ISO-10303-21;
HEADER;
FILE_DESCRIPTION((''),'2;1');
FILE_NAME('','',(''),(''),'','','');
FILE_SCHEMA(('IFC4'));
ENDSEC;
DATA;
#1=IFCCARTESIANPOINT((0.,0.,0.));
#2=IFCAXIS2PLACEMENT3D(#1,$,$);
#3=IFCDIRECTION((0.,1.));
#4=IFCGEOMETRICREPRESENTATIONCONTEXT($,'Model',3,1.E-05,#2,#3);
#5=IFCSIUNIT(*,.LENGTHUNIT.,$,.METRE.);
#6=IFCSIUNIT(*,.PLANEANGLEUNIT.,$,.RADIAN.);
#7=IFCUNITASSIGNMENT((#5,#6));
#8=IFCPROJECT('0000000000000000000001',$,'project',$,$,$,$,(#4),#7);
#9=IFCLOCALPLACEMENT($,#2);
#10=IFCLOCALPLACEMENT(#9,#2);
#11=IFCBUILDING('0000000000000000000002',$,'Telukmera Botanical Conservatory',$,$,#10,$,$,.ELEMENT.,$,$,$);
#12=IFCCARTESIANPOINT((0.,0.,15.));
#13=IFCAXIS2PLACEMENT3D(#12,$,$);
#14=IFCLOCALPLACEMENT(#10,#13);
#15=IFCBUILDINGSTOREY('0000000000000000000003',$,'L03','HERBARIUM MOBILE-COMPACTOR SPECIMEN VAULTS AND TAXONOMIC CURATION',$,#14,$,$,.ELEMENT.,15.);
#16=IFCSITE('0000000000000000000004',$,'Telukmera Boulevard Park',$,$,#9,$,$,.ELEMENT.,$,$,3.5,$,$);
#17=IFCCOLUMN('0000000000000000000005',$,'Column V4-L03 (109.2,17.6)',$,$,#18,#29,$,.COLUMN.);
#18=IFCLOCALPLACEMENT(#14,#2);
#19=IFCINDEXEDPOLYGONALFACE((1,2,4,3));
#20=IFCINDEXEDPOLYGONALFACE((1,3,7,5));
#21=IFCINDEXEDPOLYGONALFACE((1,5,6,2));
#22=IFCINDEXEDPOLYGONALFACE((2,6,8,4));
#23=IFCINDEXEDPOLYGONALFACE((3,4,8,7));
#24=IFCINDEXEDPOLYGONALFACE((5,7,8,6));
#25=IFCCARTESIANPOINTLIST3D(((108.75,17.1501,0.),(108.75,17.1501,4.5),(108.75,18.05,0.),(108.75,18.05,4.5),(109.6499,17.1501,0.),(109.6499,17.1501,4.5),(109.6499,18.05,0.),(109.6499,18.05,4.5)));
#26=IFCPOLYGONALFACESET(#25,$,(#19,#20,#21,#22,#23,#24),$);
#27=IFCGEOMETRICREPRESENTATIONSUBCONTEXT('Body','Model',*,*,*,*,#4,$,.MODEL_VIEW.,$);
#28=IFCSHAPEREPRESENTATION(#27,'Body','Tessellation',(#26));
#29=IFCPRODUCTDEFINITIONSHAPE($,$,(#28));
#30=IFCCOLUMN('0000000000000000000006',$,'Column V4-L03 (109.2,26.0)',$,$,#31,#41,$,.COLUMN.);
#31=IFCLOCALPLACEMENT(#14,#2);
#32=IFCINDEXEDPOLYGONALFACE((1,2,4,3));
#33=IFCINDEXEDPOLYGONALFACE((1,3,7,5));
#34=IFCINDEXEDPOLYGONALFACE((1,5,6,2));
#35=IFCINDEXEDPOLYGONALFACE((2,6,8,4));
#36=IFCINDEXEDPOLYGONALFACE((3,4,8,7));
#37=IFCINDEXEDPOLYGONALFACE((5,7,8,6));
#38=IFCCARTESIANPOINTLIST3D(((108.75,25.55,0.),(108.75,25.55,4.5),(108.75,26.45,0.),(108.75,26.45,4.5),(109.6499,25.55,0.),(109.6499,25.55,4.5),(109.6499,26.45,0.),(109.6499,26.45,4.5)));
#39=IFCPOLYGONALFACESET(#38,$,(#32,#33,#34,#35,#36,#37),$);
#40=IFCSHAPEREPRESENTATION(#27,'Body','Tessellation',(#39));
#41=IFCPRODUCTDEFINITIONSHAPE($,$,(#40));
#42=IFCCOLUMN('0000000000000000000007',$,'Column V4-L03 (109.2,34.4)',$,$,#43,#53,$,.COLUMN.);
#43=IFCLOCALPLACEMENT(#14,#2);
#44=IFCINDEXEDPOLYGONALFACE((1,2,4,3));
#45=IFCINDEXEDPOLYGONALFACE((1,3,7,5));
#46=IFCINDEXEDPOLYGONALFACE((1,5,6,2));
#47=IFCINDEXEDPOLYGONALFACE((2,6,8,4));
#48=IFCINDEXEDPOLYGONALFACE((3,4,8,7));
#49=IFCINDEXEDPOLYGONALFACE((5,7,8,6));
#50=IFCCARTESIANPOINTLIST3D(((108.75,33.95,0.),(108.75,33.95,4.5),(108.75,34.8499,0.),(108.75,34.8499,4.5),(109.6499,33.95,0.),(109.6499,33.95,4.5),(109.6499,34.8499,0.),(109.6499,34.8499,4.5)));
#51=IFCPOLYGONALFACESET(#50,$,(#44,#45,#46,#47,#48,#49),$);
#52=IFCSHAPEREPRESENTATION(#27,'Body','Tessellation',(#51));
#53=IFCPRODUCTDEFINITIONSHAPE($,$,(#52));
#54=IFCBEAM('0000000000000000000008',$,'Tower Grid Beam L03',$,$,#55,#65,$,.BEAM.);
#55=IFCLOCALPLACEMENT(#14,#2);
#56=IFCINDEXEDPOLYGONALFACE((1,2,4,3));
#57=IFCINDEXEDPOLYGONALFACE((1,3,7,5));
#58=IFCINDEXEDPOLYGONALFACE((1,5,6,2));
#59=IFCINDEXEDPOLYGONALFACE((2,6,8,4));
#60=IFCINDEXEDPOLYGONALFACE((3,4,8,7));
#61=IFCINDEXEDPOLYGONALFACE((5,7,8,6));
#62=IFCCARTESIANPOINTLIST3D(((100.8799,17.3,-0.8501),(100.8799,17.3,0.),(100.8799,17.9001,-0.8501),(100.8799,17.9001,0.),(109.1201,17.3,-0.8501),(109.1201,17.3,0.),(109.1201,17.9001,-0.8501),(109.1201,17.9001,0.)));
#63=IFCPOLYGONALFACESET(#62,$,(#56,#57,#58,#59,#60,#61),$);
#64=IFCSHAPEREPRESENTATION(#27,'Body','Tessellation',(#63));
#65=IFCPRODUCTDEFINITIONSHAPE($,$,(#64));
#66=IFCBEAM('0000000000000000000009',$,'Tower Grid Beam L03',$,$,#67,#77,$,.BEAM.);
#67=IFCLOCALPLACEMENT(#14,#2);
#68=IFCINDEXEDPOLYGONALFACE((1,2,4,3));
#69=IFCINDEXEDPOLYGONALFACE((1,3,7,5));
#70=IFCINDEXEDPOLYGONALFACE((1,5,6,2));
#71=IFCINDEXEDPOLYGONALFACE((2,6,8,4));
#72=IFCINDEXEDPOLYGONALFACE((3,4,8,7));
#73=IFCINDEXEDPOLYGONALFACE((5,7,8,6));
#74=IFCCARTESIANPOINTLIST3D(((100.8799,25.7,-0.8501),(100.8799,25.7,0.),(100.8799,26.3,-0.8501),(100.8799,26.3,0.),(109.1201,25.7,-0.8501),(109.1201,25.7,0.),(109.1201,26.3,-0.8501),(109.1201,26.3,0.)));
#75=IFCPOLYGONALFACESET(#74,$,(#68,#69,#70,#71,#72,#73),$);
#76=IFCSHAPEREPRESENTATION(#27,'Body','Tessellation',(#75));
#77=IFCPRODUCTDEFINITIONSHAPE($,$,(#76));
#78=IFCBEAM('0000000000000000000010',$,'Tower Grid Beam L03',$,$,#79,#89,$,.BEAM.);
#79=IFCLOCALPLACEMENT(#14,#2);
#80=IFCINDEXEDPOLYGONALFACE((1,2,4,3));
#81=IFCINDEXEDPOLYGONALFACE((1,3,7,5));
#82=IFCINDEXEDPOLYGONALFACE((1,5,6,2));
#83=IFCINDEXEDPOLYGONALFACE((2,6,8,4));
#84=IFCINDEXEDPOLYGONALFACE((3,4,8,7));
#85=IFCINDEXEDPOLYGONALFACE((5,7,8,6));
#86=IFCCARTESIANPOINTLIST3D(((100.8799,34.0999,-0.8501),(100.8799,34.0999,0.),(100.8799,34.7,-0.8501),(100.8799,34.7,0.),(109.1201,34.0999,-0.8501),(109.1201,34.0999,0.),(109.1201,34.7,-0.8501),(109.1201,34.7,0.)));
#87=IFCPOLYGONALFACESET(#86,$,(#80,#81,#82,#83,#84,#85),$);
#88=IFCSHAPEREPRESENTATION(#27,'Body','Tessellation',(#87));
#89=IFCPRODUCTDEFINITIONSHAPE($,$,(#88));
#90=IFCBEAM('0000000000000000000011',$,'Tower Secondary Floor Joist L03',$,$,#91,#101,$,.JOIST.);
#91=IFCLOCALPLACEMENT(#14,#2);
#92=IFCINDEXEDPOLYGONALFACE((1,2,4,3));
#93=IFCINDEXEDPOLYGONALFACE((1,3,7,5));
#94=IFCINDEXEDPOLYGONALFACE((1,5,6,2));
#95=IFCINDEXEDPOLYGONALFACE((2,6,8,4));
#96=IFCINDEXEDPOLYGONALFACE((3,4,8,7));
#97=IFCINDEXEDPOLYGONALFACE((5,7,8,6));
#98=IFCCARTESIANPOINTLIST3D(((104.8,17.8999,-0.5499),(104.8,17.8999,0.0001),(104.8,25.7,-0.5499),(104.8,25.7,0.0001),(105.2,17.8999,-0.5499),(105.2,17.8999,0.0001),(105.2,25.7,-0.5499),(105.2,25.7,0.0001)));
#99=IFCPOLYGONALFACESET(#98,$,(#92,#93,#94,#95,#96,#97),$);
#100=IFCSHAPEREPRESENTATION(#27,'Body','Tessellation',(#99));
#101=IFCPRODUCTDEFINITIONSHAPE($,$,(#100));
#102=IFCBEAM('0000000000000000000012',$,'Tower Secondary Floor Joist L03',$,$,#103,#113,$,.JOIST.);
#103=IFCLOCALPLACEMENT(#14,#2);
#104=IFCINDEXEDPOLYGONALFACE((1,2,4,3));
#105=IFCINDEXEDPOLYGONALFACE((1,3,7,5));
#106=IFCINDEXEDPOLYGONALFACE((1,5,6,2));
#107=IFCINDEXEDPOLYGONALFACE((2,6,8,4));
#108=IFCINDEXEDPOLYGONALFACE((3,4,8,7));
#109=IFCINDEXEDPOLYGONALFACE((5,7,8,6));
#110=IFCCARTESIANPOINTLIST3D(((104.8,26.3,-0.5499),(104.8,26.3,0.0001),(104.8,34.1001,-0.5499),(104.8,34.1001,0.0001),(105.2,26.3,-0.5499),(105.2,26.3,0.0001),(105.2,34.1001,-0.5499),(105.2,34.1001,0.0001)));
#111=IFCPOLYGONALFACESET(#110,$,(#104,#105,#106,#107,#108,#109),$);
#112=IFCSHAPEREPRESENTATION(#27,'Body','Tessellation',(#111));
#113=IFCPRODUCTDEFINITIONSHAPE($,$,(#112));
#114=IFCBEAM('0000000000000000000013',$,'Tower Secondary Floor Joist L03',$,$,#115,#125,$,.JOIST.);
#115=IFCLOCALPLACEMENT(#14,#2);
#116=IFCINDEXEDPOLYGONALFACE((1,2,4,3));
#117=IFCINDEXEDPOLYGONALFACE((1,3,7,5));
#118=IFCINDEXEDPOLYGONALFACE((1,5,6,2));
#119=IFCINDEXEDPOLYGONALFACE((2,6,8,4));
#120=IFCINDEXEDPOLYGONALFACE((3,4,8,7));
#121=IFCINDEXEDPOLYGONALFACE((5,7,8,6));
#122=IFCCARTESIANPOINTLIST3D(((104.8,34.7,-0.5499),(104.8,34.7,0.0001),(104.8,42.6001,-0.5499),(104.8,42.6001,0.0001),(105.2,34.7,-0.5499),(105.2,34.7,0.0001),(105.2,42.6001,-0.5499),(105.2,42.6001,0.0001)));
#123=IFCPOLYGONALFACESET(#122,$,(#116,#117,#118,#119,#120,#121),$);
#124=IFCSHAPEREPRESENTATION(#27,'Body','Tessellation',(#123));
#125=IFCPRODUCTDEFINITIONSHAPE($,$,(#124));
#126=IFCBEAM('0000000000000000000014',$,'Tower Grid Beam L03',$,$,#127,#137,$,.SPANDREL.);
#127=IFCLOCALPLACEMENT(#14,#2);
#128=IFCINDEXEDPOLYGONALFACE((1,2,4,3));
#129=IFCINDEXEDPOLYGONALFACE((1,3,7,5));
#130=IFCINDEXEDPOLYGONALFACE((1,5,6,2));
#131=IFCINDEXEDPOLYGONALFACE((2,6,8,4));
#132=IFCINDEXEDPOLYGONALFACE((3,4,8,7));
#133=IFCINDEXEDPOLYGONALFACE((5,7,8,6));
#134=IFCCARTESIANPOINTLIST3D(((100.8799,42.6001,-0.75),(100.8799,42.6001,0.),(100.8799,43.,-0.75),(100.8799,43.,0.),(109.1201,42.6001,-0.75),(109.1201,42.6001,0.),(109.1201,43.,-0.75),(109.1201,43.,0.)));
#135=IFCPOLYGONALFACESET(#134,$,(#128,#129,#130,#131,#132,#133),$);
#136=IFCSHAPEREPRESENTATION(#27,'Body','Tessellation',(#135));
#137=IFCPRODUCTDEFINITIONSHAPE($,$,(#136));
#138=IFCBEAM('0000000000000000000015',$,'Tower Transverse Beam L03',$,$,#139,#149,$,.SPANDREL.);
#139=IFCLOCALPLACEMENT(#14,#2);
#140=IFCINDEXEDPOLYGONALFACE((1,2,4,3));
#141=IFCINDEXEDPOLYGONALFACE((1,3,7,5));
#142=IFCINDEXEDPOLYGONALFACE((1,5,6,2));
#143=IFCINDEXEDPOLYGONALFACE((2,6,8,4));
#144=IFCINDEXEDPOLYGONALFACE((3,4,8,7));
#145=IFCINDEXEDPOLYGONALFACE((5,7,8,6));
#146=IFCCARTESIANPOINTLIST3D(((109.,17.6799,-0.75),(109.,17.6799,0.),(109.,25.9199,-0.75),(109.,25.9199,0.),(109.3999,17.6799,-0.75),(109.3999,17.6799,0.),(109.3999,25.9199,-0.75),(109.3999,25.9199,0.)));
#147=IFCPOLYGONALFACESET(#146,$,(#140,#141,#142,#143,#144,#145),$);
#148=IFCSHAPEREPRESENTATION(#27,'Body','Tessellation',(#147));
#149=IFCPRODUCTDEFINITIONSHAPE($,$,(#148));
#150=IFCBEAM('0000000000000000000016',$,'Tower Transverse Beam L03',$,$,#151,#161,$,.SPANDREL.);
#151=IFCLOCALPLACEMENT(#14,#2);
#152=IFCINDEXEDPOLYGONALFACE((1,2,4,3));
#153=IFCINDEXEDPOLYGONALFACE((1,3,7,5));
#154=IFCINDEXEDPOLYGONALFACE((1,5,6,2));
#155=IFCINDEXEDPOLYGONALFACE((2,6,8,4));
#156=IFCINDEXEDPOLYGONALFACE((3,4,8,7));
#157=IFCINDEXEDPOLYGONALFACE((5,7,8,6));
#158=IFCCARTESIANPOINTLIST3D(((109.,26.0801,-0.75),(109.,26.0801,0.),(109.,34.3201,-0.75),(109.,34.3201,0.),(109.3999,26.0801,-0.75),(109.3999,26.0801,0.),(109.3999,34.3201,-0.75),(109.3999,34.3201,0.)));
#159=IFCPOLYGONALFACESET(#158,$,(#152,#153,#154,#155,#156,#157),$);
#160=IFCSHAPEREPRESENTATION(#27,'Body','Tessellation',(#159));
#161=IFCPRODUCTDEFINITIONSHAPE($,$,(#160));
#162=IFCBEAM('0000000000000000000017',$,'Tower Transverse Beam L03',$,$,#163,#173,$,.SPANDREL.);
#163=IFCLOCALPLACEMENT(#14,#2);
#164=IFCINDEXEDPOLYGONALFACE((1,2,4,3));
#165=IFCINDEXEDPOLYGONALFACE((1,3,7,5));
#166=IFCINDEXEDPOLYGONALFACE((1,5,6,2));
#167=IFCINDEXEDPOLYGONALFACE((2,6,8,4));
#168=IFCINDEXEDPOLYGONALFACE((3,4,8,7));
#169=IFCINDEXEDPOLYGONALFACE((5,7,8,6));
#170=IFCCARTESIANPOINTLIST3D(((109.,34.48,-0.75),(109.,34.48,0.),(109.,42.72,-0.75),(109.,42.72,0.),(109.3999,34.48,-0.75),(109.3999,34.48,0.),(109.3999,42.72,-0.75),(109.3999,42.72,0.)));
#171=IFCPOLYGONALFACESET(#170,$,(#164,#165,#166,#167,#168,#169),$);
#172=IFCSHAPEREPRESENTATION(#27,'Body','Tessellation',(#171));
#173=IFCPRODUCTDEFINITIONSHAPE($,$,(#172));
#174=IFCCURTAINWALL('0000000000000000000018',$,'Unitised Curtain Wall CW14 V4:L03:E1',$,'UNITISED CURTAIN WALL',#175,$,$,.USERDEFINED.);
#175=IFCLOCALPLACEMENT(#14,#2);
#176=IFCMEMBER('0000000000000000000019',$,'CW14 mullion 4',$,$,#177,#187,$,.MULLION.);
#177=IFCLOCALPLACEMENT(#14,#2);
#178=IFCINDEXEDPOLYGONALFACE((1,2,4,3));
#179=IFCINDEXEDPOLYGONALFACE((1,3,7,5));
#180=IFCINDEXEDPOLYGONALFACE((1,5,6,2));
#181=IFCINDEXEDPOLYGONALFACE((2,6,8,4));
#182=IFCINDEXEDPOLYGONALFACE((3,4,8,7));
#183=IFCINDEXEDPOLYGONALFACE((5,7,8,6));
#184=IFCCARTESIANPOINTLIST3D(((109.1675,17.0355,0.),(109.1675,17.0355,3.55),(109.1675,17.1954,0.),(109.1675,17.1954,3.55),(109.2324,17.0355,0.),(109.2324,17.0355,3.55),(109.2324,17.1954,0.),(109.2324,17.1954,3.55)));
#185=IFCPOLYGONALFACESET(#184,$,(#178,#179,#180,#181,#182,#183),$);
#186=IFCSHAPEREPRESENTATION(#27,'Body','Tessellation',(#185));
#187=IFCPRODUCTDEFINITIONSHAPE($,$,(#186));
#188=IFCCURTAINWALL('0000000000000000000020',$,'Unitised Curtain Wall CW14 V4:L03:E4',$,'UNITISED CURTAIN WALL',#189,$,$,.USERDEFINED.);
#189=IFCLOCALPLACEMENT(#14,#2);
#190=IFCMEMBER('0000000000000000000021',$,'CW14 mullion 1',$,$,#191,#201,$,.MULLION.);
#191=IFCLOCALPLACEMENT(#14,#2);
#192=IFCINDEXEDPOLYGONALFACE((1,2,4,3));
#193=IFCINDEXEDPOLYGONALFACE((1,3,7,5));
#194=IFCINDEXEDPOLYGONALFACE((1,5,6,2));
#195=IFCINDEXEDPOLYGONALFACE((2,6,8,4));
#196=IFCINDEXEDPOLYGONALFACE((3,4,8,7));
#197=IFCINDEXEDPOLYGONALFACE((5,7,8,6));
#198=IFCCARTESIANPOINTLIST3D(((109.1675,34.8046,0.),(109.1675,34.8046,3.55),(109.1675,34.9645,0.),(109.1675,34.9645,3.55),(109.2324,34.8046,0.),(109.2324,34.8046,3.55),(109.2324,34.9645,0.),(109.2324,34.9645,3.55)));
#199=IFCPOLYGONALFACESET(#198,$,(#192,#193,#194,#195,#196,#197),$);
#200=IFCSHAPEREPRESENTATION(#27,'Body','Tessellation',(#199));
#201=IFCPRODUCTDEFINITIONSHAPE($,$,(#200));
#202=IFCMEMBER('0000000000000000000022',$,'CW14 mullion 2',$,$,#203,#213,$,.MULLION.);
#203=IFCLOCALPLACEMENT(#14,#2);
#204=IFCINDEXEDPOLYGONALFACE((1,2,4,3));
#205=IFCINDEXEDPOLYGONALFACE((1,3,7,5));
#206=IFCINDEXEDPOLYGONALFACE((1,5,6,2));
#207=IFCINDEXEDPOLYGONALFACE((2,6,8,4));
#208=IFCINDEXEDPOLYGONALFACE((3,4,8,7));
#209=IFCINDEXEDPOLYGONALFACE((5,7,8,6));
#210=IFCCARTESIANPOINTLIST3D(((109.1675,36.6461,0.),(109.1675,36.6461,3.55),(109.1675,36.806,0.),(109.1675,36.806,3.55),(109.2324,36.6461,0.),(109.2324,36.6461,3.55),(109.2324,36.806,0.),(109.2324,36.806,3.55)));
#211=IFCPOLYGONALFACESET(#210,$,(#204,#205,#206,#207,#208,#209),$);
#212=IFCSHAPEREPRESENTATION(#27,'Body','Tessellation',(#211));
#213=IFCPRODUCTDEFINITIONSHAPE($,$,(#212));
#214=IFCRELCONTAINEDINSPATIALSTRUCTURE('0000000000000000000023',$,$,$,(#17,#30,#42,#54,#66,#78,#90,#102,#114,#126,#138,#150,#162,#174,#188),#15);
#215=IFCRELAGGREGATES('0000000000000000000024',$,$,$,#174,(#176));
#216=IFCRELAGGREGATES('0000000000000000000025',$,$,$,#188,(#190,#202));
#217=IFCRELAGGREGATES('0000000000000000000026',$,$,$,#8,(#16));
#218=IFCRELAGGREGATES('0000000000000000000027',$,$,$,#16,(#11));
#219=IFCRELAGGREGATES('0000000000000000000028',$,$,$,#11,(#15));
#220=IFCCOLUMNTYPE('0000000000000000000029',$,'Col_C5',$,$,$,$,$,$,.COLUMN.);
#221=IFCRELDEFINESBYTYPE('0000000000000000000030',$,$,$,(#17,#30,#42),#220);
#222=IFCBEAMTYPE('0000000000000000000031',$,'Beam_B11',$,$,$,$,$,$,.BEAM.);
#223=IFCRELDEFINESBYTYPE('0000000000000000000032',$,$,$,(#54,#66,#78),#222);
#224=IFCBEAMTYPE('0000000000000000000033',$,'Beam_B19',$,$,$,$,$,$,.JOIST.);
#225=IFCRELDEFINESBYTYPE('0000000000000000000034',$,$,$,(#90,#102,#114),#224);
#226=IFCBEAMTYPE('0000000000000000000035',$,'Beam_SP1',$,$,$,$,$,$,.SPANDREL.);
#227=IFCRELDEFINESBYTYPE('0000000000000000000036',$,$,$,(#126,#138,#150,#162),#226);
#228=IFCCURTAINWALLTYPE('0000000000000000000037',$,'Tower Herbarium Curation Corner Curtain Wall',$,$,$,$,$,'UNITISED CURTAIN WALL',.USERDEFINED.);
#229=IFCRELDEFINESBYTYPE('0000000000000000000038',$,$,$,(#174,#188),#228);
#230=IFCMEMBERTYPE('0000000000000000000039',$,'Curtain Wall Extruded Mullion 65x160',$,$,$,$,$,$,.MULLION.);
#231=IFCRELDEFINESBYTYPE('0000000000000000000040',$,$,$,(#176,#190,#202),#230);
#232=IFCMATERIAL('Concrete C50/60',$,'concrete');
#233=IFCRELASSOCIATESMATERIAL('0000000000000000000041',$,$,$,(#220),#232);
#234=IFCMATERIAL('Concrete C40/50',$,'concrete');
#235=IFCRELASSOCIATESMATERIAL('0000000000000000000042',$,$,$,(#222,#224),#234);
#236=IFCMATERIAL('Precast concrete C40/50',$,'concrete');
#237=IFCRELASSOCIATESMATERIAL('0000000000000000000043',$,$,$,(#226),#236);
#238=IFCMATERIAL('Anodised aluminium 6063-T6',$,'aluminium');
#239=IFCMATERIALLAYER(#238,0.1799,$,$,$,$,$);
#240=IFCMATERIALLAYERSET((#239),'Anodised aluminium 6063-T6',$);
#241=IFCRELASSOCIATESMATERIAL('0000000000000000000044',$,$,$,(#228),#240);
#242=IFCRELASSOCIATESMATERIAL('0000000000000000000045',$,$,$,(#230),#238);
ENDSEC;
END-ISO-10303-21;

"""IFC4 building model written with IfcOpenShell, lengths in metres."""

from ifc_helpers import new_model, si_unit, direction, frame, origin, origin_2d, place, context, subcontext, project, spatial, rectangle, extrude, material, layer, layer_set, material_profile, profile_set, type_object, element, aggregate, save


model = new_model("IFC4")

# Units and contexts
model_context = context("Model", 3, precision=1e-05, world=origin(), true_north=direction((0.0, 1.0)))
body_context = subcontext(model_context, "Body", "Model", "MODEL_VIEW")
ifc_project = project(units=[si_unit("LENGTHUNIT", "METRE"), si_unit("PLANEANGLEUNIT", "RADIAN")], contexts=[model_context])

# Site, building, storey
site_placement = place(None, origin())
site = spatial("IfcSite", under=ifc_project, at=site_placement, Name="Telukmera Boulevard Park", CompositionType="ELEMENT", RefElevation=3.5)
building_placement = place(site_placement, origin())
building = spatial("IfcBuilding", under=site, at=building_placement, Name="Telukmera Botanical Conservatory", CompositionType="ELEMENT")
storey_placement = place(building_placement, frame((0.0, 0.0, 15.0)))
storey = spatial("IfcBuildingStorey", under=building, at=storey_placement, Name="L03", Description="HERBARIUM MOBILE-COMPACTOR SPECIMEN VAULTS AND TAXONOMIC CURATION", CompositionType="ELEMENT", Elevation=15.0)

# Columns
ifc_material_1 = material(Name="Concrete C50/60", Category="concrete")
ifc_material_profile_1 = material_profile(ifc_material_1, rectangle(XDim=0.8999, YDim=0.8999, at=origin_2d()), Name="RC 900x900")
ifc_profile_set_1 = profile_set([ifc_material_profile_1], Name="Concrete C50/60")
column_type = type_object("IfcColumnType", Name="Col_C5", PredefinedType="COLUMN", material=ifc_profile_set_1)
for number, where, z_axis, x_axis, name in (
    (1, (109.2, 17.6001, 0.0), (0.0, 0.0, 1.0), (1.0, 0.0, 0.0), "Column V4-L03 (109.2,17.6)"),
    (2, (109.2, 26.0, 0.0), (0.0, 0.0, 1.0), (1.0, 0.0, 0.0), "Column V4-L03 (109.2,26.0)"),
    (3, (109.2, 34.3999, 0.0), (0.0, 0.0, 1.0), (1.0, 0.0, 0.0), "Column V4-L03 (109.2,34.4)"),
):
    element("IfcColumn", number, at=place(storey_placement, frame(where, z_axis=z_axis, x_axis=x_axis)), inside=storey, type_object=column_type, Name=name, PredefinedType="COLUMN", context=body_context, shape_type="SweptSolid", body=[
        extrude(rectangle(XDim=0.8999, YDim=0.8999, at=origin_2d()), origin(), (0.0, 0.0, 1.0), 4.5),
    ])

# Beams
ifc_material_2 = material(Name="Concrete C40/50", Category="concrete")
ifc_material_profile_2 = material_profile(ifc_material_2, rectangle(XDim=0.6001, YDim=0.8501, at=origin_2d()), Name="RC 600x850")
ifc_profile_set_2 = profile_set([ifc_material_profile_2], Name="Concrete C40/50")
beam_type_1 = type_object("IfcBeamType", Name="Beam_B11", PredefinedType="BEAM", material=ifc_profile_set_2)
for number, where, z_axis, x_axis, name in (
    (4, (100.8799, 17.6001, -0.425), (1.0, 0.0, 0.0), (0.0, 1.0, 0.0), "Tower Grid Beam L03"),
    (5, (100.8799, 26.0, -0.425), (1.0, 0.0, 0.0), (0.0, 1.0, 0.0), "Tower Grid Beam L03"),
    (6, (100.8799, 34.3999, -0.425), (1.0, 0.0, 0.0), (0.0, 1.0, 0.0), "Tower Grid Beam L03"),
):
    element("IfcBeam", number, at=place(storey_placement, frame(where, z_axis=z_axis, x_axis=x_axis)), inside=storey, type_object=beam_type_1, Name=name, PredefinedType="BEAM", context=body_context, shape_type="SweptSolid", body=[
        extrude(rectangle(XDim=0.6001, YDim=0.8501, at=origin_2d()), origin(), (0.0, 0.0, 1.0), 8.2402),
    ])
ifc_material_profile_3 = material_profile(ifc_material_2, rectangle(XDim=0.3999, YDim=0.55, at=origin_2d()), Name="RC 400x550")
ifc_profile_set_3 = profile_set([ifc_material_profile_3], Name="Concrete C40/50")
beam_type_2 = type_object("IfcBeamType", Name="Beam_B19", PredefinedType="JOIST", material=ifc_profile_set_3)
for number, where, z_axis, x_axis, name in (
    (7, (105.0, 17.8999, -0.2749), (0.0, 1.0, 0.0), (-1.0, 0.0, 0.0), "Tower Secondary Floor Joist L03"),
    (8, (105.0, 26.3, -0.2749), (0.0, 1.0, 0.0), (-1.0, 0.0, 0.0), "Tower Secondary Floor Joist L03"),
):
    element("IfcBeam", number, at=place(storey_placement, frame(where, z_axis=z_axis, x_axis=x_axis)), inside=storey, type_object=beam_type_2, Name=name, PredefinedType="JOIST", context=body_context, shape_type="SweptSolid", body=[
        extrude(rectangle(XDim=0.3999, YDim=0.55, at=origin_2d()), origin(), (0.0, 0.0, 1.0), 7.8),
    ])
beam_1_placement = place(storey_placement, frame((105.0, 34.7, -0.2749), z_axis=(0.0, 1.0, 0.0), x_axis=(-1.0, 0.0, 0.0)))
element("IfcBeam", 9, at=beam_1_placement, inside=storey, type_object=beam_type_2, Name="Tower Secondary Floor Joist L03", PredefinedType="JOIST", context=body_context, shape_type="SweptSolid", body=[
    extrude(rectangle(XDim=0.3999, YDim=0.55, at=origin_2d()), origin(), (0.0, 0.0, 1.0), 7.9001),
])
ifc_material_3 = material(Name="Precast concrete C40/50", Category="concrete")
ifc_material_profile_4 = material_profile(ifc_material_3, rectangle(XDim=0.3999, YDim=0.75, at=origin_2d()), Name="PC 400x750")
ifc_profile_set_4 = profile_set([ifc_material_profile_4], Name="Precast concrete C40/50")
beam_type_3 = type_object("IfcBeamType", Name="Beam_SP1", PredefinedType="SPANDREL", material=ifc_profile_set_4)
beam_2_placement = place(storey_placement, frame((100.8799, 42.8, -0.375), z_axis=(1.0, 0.0, 0.0), x_axis=(0.0, 1.0, 0.0)))
element("IfcBeam", 10, at=beam_2_placement, inside=storey, type_object=beam_type_3, Name="Tower Grid Beam L03", PredefinedType="SPANDREL", context=body_context, shape_type="SweptSolid", body=[
    extrude(rectangle(XDim=0.3999, YDim=0.75, at=origin_2d()), origin(), (0.0, 0.0, 1.0), 8.2402),
])
for number, where, z_axis, x_axis, name in (
    (11, (109.2, 17.6799, -0.375), (0.0, 1.0, 0.0), (-1.0, 0.0, 0.0), "Tower Transverse Beam L03"),
    (12, (109.2, 26.0801, -0.375), (0.0, 1.0, 0.0), (-1.0, 0.0, 0.0), "Tower Transverse Beam L03"),
    (13, (109.2, 34.48, -0.375), (0.0, 1.0, 0.0), (-1.0, 0.0, 0.0), "Tower Transverse Beam L03"),
):
    element("IfcBeam", number, at=place(storey_placement, frame(where, z_axis=z_axis, x_axis=x_axis)), inside=storey, type_object=beam_type_3, Name=name, PredefinedType="SPANDREL", context=body_context, shape_type="SweptSolid", body=[
        extrude(rectangle(XDim=0.3999, YDim=0.75, at=origin_2d()), origin(), (0.0, 0.0, 1.0), 8.24),
    ])

# Curtain wall, member
ifc_material_4 = material(Name="Anodised aluminium 6063-T6", Category="aluminium")
ifc_layer_1 = layer(ifc_material_4, 0.1799)
ifc_layer_set_1 = layer_set([ifc_layer_1], Name="Anodised aluminium 6063-T6")
curtain_wall_type = type_object("IfcCurtainWallType", Name="Tower Herbarium Curation Corner Curtain Wall", ElementType="UNITISED CURTAIN WALL", PredefinedType="USERDEFINED", material=ifc_layer_set_1)
curtain_wall_1_placement = place(storey_placement, origin())
curtain_wall_1 = element("IfcCurtainWall", 14, at=curtain_wall_1_placement, inside=storey, type_object=curtain_wall_type, Name="Unitised Curtain Wall CW14 V4:L03:E1", ObjectType="UNITISED CURTAIN WALL", PredefinedType="USERDEFINED")
ifc_material_profile_5 = material_profile(ifc_material_4, rectangle(XDim=0.0649, YDim=0.1599, at=origin_2d()), Name="ALU MULL 65x160")
ifc_profile_set_5 = profile_set([ifc_material_profile_5], Name="Anodised aluminium 6063-T6")
member_type_1 = type_object("IfcMemberType", Name="Curtain Wall Extruded Mullion 65x160", PredefinedType="MULLION", material=ifc_profile_set_5)
member_1_placement = place(storey_placement, frame((109.2, 17.1155, 0.0), z_axis=(0.0, 0.0, 1.0), x_axis=(-1.0, 0.0, 0.0)))
member_1 = element("IfcMember", 15, at=member_1_placement, type_object=member_type_1, Name="CW14 mullion 4", PredefinedType="MULLION", context=body_context, shape_type="SweptSolid", body=[
    extrude(rectangle(XDim=0.0649, YDim=0.1599, at=origin_2d()), origin(), (0.0, 0.0, 1.0), 3.55),
])
aggregate(curtain_wall_1, [member_1])

# Curtain wall, members
curtain_wall_2_placement = place(storey_placement, origin())
curtain_wall_2 = element("IfcCurtainWall", 16, at=curtain_wall_2_placement, inside=storey, type_object=curtain_wall_type, Name="Unitised Curtain Wall CW14 V4:L03:E4", ObjectType="UNITISED CURTAIN WALL", PredefinedType="USERDEFINED")
member_2_placement = place(storey_placement, frame((109.2, 34.8845, 0.0), z_axis=(0.0, 0.0, 1.0), x_axis=(-1.0, 0.0, 0.0)))
member_2 = element("IfcMember", 17, at=member_2_placement, type_object=member_type_1, Name="CW14 mullion 1", PredefinedType="MULLION", context=body_context, shape_type="SweptSolid", body=[
    extrude(rectangle(XDim=0.0649, YDim=0.1599, at=origin_2d()), origin(), (0.0, 0.0, 1.0), 3.55),
])
member_3_placement = place(storey_placement, frame((109.2, 36.7261, 0.0), z_axis=(0.0, 0.0, 1.0), x_axis=(-1.0, 0.0, 0.0)))
member_3 = element("IfcMember", 18, at=member_3_placement, type_object=member_type_1, Name="CW14 mullion 2", PredefinedType="MULLION", context=body_context, shape_type="SweptSolid", body=[
    extrude(rectangle(XDim=0.0649, YDim=0.1599, at=origin_2d()), origin(), (0.0, 0.0, 1.0), 3.55),
])
aggregate(curtain_wall_2, [member_2, member_3])

save(model, "model.ifc")
